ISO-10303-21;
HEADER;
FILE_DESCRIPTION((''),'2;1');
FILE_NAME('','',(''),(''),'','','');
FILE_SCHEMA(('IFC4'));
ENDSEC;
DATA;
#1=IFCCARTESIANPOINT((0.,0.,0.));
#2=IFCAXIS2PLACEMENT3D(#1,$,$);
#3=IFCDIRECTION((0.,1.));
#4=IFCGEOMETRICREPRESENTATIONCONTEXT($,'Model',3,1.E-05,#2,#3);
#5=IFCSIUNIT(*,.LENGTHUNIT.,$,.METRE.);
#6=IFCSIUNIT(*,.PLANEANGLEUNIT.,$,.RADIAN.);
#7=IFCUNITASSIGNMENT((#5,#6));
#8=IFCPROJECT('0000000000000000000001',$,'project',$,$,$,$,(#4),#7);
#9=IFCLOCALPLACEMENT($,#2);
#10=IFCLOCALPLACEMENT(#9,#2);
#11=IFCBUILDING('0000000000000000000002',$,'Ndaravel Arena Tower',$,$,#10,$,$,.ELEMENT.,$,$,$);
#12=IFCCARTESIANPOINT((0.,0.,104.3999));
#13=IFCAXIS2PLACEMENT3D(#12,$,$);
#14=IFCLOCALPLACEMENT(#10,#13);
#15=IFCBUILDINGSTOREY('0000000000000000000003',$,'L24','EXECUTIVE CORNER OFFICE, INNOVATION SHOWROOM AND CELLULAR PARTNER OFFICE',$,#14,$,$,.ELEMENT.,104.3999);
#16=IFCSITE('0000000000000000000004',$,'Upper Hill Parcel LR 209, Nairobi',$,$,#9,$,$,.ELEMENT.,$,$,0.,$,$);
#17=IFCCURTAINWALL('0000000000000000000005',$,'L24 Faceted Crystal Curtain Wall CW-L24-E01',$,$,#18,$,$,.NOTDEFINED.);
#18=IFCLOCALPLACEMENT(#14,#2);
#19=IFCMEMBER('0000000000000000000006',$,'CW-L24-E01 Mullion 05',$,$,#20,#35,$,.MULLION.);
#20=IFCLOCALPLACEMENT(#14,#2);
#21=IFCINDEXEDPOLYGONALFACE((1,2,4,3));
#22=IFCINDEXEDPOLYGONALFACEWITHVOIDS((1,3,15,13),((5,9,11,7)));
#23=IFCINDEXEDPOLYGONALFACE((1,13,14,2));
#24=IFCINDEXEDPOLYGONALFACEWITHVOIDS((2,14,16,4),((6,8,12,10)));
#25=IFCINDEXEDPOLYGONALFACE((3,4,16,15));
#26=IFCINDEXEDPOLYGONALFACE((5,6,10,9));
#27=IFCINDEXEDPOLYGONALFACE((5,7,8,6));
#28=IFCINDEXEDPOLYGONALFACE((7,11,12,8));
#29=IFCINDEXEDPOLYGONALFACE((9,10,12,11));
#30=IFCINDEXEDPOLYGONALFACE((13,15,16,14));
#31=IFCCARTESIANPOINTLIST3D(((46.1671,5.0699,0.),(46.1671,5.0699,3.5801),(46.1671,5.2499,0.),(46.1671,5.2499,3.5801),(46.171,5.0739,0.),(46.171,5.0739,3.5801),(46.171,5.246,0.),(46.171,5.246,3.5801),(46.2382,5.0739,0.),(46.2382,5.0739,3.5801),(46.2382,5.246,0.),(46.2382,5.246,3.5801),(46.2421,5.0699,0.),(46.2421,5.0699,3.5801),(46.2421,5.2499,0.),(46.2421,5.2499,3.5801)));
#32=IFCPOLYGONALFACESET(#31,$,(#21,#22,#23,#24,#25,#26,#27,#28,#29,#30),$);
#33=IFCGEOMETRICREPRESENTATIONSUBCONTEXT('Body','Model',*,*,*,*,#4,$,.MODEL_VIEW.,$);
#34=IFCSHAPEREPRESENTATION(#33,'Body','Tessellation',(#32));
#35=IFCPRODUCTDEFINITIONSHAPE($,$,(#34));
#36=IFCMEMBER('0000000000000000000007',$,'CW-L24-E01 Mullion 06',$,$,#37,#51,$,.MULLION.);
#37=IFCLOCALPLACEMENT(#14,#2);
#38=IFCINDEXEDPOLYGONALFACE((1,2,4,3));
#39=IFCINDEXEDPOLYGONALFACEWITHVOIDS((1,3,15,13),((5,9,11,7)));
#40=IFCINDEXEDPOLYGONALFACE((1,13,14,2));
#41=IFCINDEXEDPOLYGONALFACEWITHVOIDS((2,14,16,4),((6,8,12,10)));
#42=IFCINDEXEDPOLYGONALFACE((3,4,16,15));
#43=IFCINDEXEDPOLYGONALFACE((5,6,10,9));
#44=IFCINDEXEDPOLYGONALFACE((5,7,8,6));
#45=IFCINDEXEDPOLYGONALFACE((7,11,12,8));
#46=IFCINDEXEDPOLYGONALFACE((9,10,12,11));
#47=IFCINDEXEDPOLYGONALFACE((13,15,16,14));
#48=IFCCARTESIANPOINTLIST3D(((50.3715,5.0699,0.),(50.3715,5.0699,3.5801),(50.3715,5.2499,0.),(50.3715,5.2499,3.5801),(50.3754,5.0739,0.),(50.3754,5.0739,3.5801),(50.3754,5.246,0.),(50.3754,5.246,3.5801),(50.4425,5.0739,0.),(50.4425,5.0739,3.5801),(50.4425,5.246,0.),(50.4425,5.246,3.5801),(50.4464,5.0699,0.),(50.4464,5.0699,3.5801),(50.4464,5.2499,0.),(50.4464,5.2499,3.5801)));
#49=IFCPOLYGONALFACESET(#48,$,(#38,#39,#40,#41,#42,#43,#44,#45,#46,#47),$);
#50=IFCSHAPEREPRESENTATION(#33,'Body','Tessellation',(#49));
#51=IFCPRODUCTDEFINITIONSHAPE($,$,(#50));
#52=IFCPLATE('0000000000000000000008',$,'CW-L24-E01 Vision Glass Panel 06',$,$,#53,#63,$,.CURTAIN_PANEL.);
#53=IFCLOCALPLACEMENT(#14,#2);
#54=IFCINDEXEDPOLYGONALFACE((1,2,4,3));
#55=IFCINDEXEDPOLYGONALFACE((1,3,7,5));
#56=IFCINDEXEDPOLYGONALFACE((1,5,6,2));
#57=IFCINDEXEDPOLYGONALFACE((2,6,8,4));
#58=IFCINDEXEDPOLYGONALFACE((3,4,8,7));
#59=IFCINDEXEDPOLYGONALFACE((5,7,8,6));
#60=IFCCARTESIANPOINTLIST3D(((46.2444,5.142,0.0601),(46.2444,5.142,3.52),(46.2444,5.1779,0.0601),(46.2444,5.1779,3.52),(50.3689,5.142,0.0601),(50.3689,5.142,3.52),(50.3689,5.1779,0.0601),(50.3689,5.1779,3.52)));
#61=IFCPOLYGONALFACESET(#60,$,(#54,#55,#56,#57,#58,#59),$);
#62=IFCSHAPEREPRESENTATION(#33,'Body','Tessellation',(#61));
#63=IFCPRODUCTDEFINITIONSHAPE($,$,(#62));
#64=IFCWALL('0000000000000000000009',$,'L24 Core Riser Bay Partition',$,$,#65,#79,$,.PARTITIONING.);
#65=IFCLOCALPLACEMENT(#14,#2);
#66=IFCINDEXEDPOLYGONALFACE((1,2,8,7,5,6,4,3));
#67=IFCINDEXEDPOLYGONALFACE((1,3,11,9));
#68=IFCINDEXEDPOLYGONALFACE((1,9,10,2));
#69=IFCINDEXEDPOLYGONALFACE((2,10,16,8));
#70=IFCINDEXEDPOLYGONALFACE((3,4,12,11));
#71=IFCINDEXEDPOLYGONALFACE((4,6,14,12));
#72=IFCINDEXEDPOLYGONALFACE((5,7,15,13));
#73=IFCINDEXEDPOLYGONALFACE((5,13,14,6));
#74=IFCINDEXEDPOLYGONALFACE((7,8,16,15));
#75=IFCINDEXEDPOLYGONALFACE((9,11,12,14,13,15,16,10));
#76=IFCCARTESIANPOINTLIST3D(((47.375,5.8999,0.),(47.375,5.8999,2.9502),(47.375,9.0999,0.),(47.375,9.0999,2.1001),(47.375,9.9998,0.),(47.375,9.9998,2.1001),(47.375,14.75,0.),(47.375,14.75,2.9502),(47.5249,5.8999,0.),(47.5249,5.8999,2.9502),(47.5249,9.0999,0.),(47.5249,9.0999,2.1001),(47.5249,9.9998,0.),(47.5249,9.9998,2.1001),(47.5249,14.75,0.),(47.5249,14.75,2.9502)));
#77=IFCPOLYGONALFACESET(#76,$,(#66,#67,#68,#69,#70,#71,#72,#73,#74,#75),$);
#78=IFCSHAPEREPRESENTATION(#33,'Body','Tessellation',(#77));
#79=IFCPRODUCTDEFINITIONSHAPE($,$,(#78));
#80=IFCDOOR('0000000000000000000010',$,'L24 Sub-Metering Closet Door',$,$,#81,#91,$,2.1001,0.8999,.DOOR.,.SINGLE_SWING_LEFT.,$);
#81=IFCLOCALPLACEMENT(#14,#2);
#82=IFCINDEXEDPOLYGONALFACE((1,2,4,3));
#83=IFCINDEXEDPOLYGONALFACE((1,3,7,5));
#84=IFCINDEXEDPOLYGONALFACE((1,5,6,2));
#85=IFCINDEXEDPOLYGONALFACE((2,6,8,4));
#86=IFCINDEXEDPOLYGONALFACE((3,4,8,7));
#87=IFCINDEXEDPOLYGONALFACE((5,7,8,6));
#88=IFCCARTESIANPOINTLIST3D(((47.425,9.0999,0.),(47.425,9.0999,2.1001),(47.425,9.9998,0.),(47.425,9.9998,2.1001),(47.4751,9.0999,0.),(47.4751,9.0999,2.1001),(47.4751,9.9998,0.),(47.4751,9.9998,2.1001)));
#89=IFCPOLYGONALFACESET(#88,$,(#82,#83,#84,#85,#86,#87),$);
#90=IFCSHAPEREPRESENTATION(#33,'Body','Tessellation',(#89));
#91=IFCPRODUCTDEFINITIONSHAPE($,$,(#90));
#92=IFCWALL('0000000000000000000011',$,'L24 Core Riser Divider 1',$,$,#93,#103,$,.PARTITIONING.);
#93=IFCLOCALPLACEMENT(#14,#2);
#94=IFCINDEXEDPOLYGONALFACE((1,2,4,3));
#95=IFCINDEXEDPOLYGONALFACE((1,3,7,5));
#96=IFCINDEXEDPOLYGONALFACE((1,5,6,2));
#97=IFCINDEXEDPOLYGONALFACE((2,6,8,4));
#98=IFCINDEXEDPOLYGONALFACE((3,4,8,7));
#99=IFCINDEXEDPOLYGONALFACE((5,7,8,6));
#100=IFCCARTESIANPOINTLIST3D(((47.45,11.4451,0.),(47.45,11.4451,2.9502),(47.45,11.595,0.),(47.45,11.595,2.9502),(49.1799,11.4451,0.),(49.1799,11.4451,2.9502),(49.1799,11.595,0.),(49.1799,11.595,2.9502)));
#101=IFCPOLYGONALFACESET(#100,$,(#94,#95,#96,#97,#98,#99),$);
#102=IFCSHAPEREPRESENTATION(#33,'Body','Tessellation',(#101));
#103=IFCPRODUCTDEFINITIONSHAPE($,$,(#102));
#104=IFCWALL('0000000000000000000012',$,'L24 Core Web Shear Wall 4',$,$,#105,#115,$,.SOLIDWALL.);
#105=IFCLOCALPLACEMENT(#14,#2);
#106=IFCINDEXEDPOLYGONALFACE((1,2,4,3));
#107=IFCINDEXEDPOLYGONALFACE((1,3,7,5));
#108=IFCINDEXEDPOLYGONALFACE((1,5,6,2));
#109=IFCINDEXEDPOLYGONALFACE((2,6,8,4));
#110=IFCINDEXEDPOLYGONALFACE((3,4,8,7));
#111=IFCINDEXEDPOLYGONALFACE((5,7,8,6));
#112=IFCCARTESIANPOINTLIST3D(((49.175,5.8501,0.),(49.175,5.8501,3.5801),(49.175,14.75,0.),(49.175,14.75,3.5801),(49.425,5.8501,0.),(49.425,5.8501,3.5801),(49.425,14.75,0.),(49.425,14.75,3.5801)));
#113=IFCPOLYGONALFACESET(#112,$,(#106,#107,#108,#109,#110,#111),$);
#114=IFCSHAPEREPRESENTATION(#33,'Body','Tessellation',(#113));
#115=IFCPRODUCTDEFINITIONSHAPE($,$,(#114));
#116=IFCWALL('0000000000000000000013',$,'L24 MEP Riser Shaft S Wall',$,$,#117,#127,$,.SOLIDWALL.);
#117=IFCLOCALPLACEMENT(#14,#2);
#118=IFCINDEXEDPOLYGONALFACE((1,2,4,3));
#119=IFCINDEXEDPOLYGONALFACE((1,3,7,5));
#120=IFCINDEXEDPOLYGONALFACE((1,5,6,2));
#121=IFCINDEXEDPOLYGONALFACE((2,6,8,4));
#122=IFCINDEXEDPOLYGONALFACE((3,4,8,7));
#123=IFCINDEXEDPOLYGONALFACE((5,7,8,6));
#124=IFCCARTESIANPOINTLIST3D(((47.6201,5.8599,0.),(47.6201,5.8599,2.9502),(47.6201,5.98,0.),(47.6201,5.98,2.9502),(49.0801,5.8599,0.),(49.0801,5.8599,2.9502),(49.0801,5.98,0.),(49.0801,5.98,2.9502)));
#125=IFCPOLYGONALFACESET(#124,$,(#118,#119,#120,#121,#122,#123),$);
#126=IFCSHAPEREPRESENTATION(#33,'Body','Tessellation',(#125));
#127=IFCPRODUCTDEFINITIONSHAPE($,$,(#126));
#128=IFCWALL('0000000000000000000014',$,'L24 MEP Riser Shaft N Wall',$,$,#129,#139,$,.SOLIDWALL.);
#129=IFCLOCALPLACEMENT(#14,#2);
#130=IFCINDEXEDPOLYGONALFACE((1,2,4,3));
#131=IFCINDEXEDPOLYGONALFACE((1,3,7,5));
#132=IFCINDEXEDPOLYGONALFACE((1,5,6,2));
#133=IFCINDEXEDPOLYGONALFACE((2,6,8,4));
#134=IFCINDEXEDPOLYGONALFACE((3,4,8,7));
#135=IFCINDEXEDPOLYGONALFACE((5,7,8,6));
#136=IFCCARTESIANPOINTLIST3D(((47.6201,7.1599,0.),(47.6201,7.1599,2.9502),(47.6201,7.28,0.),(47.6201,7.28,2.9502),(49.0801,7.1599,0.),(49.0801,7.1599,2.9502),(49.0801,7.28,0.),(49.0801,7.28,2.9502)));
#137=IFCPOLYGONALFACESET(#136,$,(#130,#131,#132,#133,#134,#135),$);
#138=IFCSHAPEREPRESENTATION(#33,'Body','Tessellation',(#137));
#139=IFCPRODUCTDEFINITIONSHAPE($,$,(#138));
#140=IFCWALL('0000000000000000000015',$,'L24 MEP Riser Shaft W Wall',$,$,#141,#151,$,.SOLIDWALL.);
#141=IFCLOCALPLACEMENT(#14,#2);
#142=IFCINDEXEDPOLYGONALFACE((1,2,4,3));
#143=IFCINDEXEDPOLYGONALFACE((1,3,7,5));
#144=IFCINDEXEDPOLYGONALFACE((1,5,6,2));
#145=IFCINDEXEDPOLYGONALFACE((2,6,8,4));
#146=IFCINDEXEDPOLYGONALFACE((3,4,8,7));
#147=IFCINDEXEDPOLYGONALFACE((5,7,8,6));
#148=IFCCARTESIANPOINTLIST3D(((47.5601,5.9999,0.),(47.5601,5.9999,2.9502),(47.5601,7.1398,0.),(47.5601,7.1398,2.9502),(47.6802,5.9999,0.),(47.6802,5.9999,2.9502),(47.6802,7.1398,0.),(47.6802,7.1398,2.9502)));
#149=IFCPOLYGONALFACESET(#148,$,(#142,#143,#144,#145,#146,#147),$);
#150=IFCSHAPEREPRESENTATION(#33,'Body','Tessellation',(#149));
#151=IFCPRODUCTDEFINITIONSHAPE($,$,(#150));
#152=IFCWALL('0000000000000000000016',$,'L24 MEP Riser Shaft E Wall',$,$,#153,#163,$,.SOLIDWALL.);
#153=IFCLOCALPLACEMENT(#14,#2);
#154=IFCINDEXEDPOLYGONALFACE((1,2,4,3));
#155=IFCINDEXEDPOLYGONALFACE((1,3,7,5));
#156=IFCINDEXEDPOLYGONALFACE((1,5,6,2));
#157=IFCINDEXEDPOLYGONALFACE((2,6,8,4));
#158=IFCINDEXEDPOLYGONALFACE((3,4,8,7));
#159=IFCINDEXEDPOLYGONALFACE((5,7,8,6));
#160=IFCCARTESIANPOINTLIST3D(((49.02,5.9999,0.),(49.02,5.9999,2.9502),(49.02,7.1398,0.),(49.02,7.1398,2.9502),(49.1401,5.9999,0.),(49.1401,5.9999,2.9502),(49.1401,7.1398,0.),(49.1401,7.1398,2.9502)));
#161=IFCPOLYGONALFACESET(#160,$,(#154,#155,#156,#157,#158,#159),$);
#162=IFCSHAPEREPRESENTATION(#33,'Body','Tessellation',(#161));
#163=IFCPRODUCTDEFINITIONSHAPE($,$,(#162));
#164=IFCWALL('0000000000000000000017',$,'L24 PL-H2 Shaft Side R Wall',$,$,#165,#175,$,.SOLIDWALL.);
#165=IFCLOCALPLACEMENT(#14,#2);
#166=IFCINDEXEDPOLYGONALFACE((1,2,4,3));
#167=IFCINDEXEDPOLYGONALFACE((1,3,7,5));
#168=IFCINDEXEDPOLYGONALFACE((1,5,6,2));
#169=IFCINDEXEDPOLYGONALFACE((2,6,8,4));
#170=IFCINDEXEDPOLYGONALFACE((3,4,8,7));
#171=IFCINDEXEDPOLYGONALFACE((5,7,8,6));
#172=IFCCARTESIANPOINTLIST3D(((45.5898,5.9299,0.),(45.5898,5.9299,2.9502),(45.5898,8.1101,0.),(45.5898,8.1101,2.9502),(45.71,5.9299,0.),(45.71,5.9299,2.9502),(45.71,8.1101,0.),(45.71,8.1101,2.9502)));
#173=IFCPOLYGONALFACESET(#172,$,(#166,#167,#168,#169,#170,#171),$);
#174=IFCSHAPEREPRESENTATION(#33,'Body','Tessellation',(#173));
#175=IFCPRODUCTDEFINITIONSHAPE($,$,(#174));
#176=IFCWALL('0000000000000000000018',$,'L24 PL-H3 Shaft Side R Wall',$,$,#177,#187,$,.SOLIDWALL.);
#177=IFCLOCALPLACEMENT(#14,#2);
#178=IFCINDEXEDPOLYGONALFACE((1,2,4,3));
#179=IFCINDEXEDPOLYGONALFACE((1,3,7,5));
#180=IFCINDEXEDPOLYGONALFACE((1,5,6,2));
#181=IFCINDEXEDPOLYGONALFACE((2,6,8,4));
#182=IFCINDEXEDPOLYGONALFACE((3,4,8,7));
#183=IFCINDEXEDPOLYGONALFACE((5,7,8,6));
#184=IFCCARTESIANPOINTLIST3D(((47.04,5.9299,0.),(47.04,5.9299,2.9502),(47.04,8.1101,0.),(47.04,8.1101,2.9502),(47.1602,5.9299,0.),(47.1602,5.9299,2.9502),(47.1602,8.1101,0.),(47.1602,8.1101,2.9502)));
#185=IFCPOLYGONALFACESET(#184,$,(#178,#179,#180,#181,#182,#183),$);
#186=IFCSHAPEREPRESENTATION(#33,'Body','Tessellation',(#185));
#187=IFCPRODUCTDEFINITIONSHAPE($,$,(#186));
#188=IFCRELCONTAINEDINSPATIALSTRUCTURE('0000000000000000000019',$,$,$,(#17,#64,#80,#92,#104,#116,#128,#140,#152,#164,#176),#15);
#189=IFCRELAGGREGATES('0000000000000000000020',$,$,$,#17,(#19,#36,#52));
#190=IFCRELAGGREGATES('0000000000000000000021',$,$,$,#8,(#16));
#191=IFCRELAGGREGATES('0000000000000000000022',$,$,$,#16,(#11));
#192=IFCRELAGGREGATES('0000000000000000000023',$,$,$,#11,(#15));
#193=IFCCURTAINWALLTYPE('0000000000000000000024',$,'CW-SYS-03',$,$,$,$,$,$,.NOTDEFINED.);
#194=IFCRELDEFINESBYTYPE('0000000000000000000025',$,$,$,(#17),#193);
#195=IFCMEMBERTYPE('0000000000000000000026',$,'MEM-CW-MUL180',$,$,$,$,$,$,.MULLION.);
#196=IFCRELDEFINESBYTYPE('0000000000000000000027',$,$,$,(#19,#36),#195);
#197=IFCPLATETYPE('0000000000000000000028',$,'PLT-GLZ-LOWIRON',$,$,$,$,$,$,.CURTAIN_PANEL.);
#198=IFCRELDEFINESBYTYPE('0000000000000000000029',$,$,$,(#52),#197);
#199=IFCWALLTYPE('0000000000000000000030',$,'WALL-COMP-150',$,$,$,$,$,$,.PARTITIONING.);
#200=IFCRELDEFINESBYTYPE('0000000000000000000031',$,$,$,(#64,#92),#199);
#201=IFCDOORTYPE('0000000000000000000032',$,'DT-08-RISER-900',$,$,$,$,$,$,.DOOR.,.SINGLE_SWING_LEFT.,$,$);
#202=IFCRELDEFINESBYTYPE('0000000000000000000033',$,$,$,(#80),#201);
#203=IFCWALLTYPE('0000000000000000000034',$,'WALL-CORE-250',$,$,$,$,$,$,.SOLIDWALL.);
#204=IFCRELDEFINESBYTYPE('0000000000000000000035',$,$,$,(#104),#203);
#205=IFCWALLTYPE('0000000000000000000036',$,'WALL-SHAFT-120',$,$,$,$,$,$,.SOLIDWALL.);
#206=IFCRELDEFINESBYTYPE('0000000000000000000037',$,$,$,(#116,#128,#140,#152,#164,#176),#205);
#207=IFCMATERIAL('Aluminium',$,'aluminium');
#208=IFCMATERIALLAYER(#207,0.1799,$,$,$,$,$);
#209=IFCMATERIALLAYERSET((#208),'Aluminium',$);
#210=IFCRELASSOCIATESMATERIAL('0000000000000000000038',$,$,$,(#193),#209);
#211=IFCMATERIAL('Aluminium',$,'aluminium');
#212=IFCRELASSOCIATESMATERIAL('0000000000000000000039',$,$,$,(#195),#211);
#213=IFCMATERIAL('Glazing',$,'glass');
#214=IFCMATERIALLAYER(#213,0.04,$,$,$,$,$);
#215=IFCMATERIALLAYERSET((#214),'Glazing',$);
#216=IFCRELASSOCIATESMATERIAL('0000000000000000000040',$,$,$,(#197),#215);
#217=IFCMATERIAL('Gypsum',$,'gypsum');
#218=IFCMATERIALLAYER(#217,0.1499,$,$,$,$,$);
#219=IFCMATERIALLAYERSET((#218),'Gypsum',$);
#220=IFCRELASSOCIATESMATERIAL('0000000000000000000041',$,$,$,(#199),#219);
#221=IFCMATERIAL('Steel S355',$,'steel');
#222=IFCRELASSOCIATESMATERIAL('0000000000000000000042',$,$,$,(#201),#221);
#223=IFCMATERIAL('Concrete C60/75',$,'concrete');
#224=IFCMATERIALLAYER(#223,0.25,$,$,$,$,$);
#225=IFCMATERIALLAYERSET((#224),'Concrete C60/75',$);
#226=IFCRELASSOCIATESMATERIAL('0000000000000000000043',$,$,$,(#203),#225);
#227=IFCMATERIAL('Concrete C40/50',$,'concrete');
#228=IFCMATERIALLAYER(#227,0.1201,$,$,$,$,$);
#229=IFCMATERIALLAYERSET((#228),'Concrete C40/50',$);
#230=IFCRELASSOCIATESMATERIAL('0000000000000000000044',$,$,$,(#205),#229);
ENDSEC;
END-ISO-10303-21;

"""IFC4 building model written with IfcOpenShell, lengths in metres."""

from ifc_helpers import new_model, si_unit, direction, frame, frame_2d, origin, origin_2d, place, context, subcontext, project, spatial, rectangle, hollow_rectangle, extrude, material, layer, layer_set, material_profile, profile_set, type_object, element, fill, aggregate, save


model = new_model("IFC4")

# Units and contexts
model_context = context("Model", 3, precision=1e-05, world=origin(), true_north=direction((0.0, 1.0)))
body_context = subcontext(model_context, "Body", "Model", "MODEL_VIEW")
ifc_project = project(units=[si_unit("LENGTHUNIT", "METRE"), si_unit("PLANEANGLEUNIT", "RADIAN")], contexts=[model_context])

# Site, building, storey
site_placement = place(None, origin())
site = spatial("IfcSite", under=ifc_project, at=site_placement, Name="Upper Hill Parcel LR 209, Nairobi", CompositionType="ELEMENT", RefElevation=0.0)
building_placement = place(site_placement, origin())
building = spatial("IfcBuilding", under=site, at=building_placement, Name="Ndaravel Arena Tower", CompositionType="ELEMENT")
storey_placement = place(building_placement, frame((0.0, 0.0, 104.3999)))
storey = spatial("IfcBuildingStorey", under=building, at=storey_placement, Name="L24", Description="EXECUTIVE CORNER OFFICE, INNOVATION SHOWROOM AND CELLULAR PARTNER OFFICE", CompositionType="ELEMENT", Elevation=104.3999)

# Curtain wall, members, plate
ifc_material_1 = material(Name="Aluminium", Category="aluminium")
ifc_layer_1 = layer(ifc_material_1, 0.1799)
ifc_layer_set_1 = layer_set([ifc_layer_1], Name="Aluminium")
curtain_wall_type = type_object("IfcCurtainWallType", Name="CW-SYS-03", PredefinedType="NOTDEFINED", material=ifc_layer_set_1)
curtain_wall_placement = place(storey_placement, origin())
curtain_wall = element("IfcCurtainWall", 1, at=curtain_wall_placement, inside=storey, type_object=curtain_wall_type, Name="L24 Faceted Crystal Curtain Wall CW-L24-E01", PredefinedType="NOTDEFINED")
ifc_material_2 = material(Name="Aluminium", Category="aluminium")
ifc_material_profile = material_profile(ifc_material_2, hollow_rectangle(XDim=0.075, YDim=0.1799, WallThickness=0.0039, at=origin_2d()), Name="CW MULLION 75x180x4")
ifc_profile_set = profile_set([ifc_material_profile], Name="Aluminium")
member_type = type_object("IfcMemberType", Name="MEM-CW-MUL180", PredefinedType="MULLION", material=ifc_profile_set)
member_1_placement = place(storey_placement, frame((46.2046, 5.1599, 0.0), z_axis=(0.0, 0.0, 1.0), x_axis=(1.0, 0.0, 0.0)))
member_1 = element("IfcMember", 2, at=member_1_placement, type_object=member_type, Name="CW-L24-E01 Mullion 05", PredefinedType="MULLION", context=body_context, shape_type="SweptSolid", body=[
    extrude(hollow_rectangle(XDim=0.075, YDim=0.1799, WallThickness=0.0039, at=origin_2d()), origin(), (0.0, 0.0, 1.0), 3.5801),
])
member_2_placement = place(storey_placement, frame((50.4089, 5.1599, 0.0), z_axis=(0.0, 0.0, 1.0), x_axis=(1.0, 0.0, 0.0)))
member_2 = element("IfcMember", 3, at=member_2_placement, type_object=member_type, Name="CW-L24-E01 Mullion 06", PredefinedType="MULLION", context=body_context, shape_type="SweptSolid", body=[
    extrude(hollow_rectangle(XDim=0.075, YDim=0.1799, WallThickness=0.0039, at=origin_2d()), origin(), (0.0, 0.0, 1.0), 3.5801),
])
ifc_material_3 = material(Name="Glazing", Category="glass")
ifc_layer_2 = layer(ifc_material_3, 0.04)
ifc_layer_set_2 = layer_set([ifc_layer_2], Name="Glazing")
plate_type = type_object("IfcPlateType", Name="PLT-GLZ-LOWIRON", PredefinedType="CURTAIN_PANEL", material=ifc_layer_set_2)
plate_placement = place(storey_placement, frame((48.3066, 5.1599, 0.0601), z_axis=(0.0, 0.0, 1.0), x_axis=(1.0, 0.0, 0.0)))
plate = element("IfcPlate", 4, at=plate_placement, type_object=plate_type, Name="CW-L24-E01 Vision Glass Panel 06", PredefinedType="CURTAIN_PANEL", context=body_context, shape_type="SweptSolid", body=[
    extrude(rectangle(XDim=4.1245, YDim=0.0359, at=origin_2d()), origin(), (0.0, 0.0, 1.0), 3.46),
])
aggregate(curtain_wall, [member_1, member_2, plate])

# Wall, opening, door
ifc_material_4 = material(Name="Gypsum", Category="gypsum")
ifc_layer_3 = layer(ifc_material_4, 0.1499)
ifc_layer_set_3 = layer_set([ifc_layer_3], Name="Gypsum")
wall_type_1 = type_object("IfcWallType", Name="WALL-COMP-150", PredefinedType="PARTITIONING", material=ifc_layer_set_3)
wall_1_placement = place(storey_placement, frame((47.45, 5.8999, 0.0), z_axis=(0.0, 0.0, 1.0), x_axis=(0.0, 1.0, 0.0)))
wall_1 = element("IfcWall", 5, at=wall_1_placement, inside=storey, type_object=wall_type_1, Name="L24 Core Riser Bay Partition", PredefinedType="PARTITIONING", context=body_context, shape_type="SweptSolid", body=[
    extrude(rectangle(XDim=8.8501, YDim=0.1499, at=frame_2d((4.425, 0.0))), origin(), (0.0, 0.0, 1.0), 2.9502),
])
opening_1_placement = place(wall_1_placement, frame((3.2, 0.0, 0.0)))
opening_1 = element("IfcOpeningElement", 6, at=opening_1_placement, cuts=wall_1, PredefinedType="OPENING", context=body_context, shape_type="SweptSolid", body=[
    extrude(rectangle(XDim=0.8999, YDim=2.1001, at=frame_2d((0.45, 1.05))), frame((0.0, 0.075, 0.0), z_axis=(0.0, -1.0, 0.0), x_axis=(1.0, 0.0, 0.0)), (0.0, 0.0, 1.0), 0.1499),
])
ifc_material_5 = material(Name="Steel S355", Category="steel")
door_type_1 = type_object("IfcDoorType", Name="DT-08-RISER-900", OperationType="SINGLE_SWING_LEFT", PredefinedType="DOOR", material=ifc_material_5)
door_1_placement = place(opening_1_placement, origin())
door_1 = element("IfcDoor", 7, at=door_1_placement, inside=storey, type_object=door_type_1, Name="L24 Sub-Metering Closet Door", OperationType="SINGLE_SWING_LEFT", OverallHeight=2.1001, OverallWidth=0.8999, PredefinedType="DOOR", context=body_context, shape_type="SweptSolid", body=[
    extrude(rectangle(XDim=0.8999, YDim=2.1001, at=frame_2d((0.45, 1.05))), frame((0.0, 0.0249, 0.0), z_axis=(0.0, -1.0, 0.0), x_axis=(1.0, 0.0, 0.0)), (0.0, 0.0, 1.0), 0.05),
])
fill(opening_1, door_1)

# Walls
wall_2_placement = place(storey_placement, frame((47.45, 11.52, 0.0), z_axis=(0.0, 0.0, 1.0), x_axis=(1.0, 0.0, 0.0)))
element("IfcWall", 8, at=wall_2_placement, inside=storey, type_object=wall_type_1, Name="L24 Core Riser Divider 1", PredefinedType="PARTITIONING", context=body_context, shape_type="SweptSolid", body=[
    extrude(rectangle(XDim=1.73, YDim=0.1499, at=frame_2d((0.865, 0.0))), origin(), (0.0, 0.0, 1.0), 2.9502),
])
ifc_material_6 = material(Name="Concrete C60/75", Category="concrete")
ifc_layer_4 = layer(ifc_material_6, 0.25)
ifc_layer_set_4 = layer_set([ifc_layer_4], Name="Concrete C60/75")
wall_type_2 = type_object("IfcWallType", Name="WALL-CORE-250", PredefinedType="SOLIDWALL", material=ifc_layer_set_4)
wall_3_placement = place(storey_placement, frame((49.3, 5.8501, 0.0), z_axis=(0.0, 0.0, 1.0), x_axis=(0.0, 1.0, 0.0)))
element("IfcWall", 9, at=wall_3_placement, inside=storey, type_object=wall_type_2, Name="L24 Core Web Shear Wall 4", PredefinedType="SOLIDWALL", context=body_context, shape_type="SweptSolid", body=[
    extrude(rectangle(XDim=8.8999, YDim=0.25, at=frame_2d((4.45, 0.0))), origin(), (0.0, 0.0, 1.0), 3.5801),
])
ifc_material_7 = material(Name="Concrete C40/50", Category="concrete")
ifc_layer_5 = layer(ifc_material_7, 0.1201)
ifc_layer_set_5 = layer_set([ifc_layer_5], Name="Concrete C40/50")
wall_type_3 = type_object("IfcWallType", Name="WALL-SHAFT-120", PredefinedType="SOLIDWALL", material=ifc_layer_set_5)
for number, where, z_axis, x_axis, name in (
    (10, (47.6201, 5.9199, 0.0), (0.0, 0.0, 1.0), (1.0, 0.0, 0.0), "L24 MEP Riser Shaft S Wall"),
    (11, (47.6201, 7.22, 0.0), (0.0, 0.0, 1.0), (1.0, 0.0, 0.0), "L24 MEP Riser Shaft N Wall"),
):
    element("IfcWall", number, at=place(storey_placement, frame(where, z_axis=z_axis, x_axis=x_axis)), inside=storey, type_object=wall_type_3, Name=name, PredefinedType="SOLIDWALL", context=body_context, shape_type="SweptSolid", body=[
        extrude(rectangle(XDim=1.46, YDim=0.1201, at=frame_2d((0.73, 0.0))), origin(), (0.0, 0.0, 1.0), 2.9502),
    ])
for number, where, z_axis, x_axis, name in (
    (12, (47.6201, 6.0, 0.0), (0.0, 0.0, 1.0), (0.0, 1.0, 0.0), "L24 MEP Riser Shaft W Wall"),
    (13, (49.0801, 6.0, 0.0), (0.0, 0.0, 1.0), (0.0, 1.0, 0.0), "L24 MEP Riser Shaft E Wall"),
):
    element("IfcWall", number, at=place(storey_placement, frame(where, z_axis=z_axis, x_axis=x_axis)), inside=storey, type_object=wall_type_3, Name=name, PredefinedType="SOLIDWALL", context=body_context, shape_type="SweptSolid", body=[
        extrude(rectangle(XDim=1.1399, YDim=0.1201, at=frame_2d((0.5698, 0.0))), origin(), (0.0, 0.0, 1.0), 2.9502),
    ])
for number, where, z_axis, x_axis, name in (
    (14, (45.6499, 5.9299, 0.0), (0.0, 0.0, 1.0), (0.0, 1.0, 0.0), "L24 PL-H2 Shaft Side R Wall"),
    (15, (47.1001, 5.9299, 0.0), (0.0, 0.0, 1.0), (0.0, 1.0, 0.0), "L24 PL-H3 Shaft Side R Wall"),
):
    element("IfcWall", number, at=place(storey_placement, frame(where, z_axis=z_axis, x_axis=x_axis)), inside=storey, type_object=wall_type_3, Name=name, PredefinedType="SOLIDWALL", context=body_context, shape_type="SweptSolid", body=[
        extrude(rectangle(XDim=2.1802, YDim=0.1201, at=frame_2d((1.0901, 0.0))), origin(), (0.0, 0.0, 1.0), 2.9502),
    ])

save(model, "model.ifc")
